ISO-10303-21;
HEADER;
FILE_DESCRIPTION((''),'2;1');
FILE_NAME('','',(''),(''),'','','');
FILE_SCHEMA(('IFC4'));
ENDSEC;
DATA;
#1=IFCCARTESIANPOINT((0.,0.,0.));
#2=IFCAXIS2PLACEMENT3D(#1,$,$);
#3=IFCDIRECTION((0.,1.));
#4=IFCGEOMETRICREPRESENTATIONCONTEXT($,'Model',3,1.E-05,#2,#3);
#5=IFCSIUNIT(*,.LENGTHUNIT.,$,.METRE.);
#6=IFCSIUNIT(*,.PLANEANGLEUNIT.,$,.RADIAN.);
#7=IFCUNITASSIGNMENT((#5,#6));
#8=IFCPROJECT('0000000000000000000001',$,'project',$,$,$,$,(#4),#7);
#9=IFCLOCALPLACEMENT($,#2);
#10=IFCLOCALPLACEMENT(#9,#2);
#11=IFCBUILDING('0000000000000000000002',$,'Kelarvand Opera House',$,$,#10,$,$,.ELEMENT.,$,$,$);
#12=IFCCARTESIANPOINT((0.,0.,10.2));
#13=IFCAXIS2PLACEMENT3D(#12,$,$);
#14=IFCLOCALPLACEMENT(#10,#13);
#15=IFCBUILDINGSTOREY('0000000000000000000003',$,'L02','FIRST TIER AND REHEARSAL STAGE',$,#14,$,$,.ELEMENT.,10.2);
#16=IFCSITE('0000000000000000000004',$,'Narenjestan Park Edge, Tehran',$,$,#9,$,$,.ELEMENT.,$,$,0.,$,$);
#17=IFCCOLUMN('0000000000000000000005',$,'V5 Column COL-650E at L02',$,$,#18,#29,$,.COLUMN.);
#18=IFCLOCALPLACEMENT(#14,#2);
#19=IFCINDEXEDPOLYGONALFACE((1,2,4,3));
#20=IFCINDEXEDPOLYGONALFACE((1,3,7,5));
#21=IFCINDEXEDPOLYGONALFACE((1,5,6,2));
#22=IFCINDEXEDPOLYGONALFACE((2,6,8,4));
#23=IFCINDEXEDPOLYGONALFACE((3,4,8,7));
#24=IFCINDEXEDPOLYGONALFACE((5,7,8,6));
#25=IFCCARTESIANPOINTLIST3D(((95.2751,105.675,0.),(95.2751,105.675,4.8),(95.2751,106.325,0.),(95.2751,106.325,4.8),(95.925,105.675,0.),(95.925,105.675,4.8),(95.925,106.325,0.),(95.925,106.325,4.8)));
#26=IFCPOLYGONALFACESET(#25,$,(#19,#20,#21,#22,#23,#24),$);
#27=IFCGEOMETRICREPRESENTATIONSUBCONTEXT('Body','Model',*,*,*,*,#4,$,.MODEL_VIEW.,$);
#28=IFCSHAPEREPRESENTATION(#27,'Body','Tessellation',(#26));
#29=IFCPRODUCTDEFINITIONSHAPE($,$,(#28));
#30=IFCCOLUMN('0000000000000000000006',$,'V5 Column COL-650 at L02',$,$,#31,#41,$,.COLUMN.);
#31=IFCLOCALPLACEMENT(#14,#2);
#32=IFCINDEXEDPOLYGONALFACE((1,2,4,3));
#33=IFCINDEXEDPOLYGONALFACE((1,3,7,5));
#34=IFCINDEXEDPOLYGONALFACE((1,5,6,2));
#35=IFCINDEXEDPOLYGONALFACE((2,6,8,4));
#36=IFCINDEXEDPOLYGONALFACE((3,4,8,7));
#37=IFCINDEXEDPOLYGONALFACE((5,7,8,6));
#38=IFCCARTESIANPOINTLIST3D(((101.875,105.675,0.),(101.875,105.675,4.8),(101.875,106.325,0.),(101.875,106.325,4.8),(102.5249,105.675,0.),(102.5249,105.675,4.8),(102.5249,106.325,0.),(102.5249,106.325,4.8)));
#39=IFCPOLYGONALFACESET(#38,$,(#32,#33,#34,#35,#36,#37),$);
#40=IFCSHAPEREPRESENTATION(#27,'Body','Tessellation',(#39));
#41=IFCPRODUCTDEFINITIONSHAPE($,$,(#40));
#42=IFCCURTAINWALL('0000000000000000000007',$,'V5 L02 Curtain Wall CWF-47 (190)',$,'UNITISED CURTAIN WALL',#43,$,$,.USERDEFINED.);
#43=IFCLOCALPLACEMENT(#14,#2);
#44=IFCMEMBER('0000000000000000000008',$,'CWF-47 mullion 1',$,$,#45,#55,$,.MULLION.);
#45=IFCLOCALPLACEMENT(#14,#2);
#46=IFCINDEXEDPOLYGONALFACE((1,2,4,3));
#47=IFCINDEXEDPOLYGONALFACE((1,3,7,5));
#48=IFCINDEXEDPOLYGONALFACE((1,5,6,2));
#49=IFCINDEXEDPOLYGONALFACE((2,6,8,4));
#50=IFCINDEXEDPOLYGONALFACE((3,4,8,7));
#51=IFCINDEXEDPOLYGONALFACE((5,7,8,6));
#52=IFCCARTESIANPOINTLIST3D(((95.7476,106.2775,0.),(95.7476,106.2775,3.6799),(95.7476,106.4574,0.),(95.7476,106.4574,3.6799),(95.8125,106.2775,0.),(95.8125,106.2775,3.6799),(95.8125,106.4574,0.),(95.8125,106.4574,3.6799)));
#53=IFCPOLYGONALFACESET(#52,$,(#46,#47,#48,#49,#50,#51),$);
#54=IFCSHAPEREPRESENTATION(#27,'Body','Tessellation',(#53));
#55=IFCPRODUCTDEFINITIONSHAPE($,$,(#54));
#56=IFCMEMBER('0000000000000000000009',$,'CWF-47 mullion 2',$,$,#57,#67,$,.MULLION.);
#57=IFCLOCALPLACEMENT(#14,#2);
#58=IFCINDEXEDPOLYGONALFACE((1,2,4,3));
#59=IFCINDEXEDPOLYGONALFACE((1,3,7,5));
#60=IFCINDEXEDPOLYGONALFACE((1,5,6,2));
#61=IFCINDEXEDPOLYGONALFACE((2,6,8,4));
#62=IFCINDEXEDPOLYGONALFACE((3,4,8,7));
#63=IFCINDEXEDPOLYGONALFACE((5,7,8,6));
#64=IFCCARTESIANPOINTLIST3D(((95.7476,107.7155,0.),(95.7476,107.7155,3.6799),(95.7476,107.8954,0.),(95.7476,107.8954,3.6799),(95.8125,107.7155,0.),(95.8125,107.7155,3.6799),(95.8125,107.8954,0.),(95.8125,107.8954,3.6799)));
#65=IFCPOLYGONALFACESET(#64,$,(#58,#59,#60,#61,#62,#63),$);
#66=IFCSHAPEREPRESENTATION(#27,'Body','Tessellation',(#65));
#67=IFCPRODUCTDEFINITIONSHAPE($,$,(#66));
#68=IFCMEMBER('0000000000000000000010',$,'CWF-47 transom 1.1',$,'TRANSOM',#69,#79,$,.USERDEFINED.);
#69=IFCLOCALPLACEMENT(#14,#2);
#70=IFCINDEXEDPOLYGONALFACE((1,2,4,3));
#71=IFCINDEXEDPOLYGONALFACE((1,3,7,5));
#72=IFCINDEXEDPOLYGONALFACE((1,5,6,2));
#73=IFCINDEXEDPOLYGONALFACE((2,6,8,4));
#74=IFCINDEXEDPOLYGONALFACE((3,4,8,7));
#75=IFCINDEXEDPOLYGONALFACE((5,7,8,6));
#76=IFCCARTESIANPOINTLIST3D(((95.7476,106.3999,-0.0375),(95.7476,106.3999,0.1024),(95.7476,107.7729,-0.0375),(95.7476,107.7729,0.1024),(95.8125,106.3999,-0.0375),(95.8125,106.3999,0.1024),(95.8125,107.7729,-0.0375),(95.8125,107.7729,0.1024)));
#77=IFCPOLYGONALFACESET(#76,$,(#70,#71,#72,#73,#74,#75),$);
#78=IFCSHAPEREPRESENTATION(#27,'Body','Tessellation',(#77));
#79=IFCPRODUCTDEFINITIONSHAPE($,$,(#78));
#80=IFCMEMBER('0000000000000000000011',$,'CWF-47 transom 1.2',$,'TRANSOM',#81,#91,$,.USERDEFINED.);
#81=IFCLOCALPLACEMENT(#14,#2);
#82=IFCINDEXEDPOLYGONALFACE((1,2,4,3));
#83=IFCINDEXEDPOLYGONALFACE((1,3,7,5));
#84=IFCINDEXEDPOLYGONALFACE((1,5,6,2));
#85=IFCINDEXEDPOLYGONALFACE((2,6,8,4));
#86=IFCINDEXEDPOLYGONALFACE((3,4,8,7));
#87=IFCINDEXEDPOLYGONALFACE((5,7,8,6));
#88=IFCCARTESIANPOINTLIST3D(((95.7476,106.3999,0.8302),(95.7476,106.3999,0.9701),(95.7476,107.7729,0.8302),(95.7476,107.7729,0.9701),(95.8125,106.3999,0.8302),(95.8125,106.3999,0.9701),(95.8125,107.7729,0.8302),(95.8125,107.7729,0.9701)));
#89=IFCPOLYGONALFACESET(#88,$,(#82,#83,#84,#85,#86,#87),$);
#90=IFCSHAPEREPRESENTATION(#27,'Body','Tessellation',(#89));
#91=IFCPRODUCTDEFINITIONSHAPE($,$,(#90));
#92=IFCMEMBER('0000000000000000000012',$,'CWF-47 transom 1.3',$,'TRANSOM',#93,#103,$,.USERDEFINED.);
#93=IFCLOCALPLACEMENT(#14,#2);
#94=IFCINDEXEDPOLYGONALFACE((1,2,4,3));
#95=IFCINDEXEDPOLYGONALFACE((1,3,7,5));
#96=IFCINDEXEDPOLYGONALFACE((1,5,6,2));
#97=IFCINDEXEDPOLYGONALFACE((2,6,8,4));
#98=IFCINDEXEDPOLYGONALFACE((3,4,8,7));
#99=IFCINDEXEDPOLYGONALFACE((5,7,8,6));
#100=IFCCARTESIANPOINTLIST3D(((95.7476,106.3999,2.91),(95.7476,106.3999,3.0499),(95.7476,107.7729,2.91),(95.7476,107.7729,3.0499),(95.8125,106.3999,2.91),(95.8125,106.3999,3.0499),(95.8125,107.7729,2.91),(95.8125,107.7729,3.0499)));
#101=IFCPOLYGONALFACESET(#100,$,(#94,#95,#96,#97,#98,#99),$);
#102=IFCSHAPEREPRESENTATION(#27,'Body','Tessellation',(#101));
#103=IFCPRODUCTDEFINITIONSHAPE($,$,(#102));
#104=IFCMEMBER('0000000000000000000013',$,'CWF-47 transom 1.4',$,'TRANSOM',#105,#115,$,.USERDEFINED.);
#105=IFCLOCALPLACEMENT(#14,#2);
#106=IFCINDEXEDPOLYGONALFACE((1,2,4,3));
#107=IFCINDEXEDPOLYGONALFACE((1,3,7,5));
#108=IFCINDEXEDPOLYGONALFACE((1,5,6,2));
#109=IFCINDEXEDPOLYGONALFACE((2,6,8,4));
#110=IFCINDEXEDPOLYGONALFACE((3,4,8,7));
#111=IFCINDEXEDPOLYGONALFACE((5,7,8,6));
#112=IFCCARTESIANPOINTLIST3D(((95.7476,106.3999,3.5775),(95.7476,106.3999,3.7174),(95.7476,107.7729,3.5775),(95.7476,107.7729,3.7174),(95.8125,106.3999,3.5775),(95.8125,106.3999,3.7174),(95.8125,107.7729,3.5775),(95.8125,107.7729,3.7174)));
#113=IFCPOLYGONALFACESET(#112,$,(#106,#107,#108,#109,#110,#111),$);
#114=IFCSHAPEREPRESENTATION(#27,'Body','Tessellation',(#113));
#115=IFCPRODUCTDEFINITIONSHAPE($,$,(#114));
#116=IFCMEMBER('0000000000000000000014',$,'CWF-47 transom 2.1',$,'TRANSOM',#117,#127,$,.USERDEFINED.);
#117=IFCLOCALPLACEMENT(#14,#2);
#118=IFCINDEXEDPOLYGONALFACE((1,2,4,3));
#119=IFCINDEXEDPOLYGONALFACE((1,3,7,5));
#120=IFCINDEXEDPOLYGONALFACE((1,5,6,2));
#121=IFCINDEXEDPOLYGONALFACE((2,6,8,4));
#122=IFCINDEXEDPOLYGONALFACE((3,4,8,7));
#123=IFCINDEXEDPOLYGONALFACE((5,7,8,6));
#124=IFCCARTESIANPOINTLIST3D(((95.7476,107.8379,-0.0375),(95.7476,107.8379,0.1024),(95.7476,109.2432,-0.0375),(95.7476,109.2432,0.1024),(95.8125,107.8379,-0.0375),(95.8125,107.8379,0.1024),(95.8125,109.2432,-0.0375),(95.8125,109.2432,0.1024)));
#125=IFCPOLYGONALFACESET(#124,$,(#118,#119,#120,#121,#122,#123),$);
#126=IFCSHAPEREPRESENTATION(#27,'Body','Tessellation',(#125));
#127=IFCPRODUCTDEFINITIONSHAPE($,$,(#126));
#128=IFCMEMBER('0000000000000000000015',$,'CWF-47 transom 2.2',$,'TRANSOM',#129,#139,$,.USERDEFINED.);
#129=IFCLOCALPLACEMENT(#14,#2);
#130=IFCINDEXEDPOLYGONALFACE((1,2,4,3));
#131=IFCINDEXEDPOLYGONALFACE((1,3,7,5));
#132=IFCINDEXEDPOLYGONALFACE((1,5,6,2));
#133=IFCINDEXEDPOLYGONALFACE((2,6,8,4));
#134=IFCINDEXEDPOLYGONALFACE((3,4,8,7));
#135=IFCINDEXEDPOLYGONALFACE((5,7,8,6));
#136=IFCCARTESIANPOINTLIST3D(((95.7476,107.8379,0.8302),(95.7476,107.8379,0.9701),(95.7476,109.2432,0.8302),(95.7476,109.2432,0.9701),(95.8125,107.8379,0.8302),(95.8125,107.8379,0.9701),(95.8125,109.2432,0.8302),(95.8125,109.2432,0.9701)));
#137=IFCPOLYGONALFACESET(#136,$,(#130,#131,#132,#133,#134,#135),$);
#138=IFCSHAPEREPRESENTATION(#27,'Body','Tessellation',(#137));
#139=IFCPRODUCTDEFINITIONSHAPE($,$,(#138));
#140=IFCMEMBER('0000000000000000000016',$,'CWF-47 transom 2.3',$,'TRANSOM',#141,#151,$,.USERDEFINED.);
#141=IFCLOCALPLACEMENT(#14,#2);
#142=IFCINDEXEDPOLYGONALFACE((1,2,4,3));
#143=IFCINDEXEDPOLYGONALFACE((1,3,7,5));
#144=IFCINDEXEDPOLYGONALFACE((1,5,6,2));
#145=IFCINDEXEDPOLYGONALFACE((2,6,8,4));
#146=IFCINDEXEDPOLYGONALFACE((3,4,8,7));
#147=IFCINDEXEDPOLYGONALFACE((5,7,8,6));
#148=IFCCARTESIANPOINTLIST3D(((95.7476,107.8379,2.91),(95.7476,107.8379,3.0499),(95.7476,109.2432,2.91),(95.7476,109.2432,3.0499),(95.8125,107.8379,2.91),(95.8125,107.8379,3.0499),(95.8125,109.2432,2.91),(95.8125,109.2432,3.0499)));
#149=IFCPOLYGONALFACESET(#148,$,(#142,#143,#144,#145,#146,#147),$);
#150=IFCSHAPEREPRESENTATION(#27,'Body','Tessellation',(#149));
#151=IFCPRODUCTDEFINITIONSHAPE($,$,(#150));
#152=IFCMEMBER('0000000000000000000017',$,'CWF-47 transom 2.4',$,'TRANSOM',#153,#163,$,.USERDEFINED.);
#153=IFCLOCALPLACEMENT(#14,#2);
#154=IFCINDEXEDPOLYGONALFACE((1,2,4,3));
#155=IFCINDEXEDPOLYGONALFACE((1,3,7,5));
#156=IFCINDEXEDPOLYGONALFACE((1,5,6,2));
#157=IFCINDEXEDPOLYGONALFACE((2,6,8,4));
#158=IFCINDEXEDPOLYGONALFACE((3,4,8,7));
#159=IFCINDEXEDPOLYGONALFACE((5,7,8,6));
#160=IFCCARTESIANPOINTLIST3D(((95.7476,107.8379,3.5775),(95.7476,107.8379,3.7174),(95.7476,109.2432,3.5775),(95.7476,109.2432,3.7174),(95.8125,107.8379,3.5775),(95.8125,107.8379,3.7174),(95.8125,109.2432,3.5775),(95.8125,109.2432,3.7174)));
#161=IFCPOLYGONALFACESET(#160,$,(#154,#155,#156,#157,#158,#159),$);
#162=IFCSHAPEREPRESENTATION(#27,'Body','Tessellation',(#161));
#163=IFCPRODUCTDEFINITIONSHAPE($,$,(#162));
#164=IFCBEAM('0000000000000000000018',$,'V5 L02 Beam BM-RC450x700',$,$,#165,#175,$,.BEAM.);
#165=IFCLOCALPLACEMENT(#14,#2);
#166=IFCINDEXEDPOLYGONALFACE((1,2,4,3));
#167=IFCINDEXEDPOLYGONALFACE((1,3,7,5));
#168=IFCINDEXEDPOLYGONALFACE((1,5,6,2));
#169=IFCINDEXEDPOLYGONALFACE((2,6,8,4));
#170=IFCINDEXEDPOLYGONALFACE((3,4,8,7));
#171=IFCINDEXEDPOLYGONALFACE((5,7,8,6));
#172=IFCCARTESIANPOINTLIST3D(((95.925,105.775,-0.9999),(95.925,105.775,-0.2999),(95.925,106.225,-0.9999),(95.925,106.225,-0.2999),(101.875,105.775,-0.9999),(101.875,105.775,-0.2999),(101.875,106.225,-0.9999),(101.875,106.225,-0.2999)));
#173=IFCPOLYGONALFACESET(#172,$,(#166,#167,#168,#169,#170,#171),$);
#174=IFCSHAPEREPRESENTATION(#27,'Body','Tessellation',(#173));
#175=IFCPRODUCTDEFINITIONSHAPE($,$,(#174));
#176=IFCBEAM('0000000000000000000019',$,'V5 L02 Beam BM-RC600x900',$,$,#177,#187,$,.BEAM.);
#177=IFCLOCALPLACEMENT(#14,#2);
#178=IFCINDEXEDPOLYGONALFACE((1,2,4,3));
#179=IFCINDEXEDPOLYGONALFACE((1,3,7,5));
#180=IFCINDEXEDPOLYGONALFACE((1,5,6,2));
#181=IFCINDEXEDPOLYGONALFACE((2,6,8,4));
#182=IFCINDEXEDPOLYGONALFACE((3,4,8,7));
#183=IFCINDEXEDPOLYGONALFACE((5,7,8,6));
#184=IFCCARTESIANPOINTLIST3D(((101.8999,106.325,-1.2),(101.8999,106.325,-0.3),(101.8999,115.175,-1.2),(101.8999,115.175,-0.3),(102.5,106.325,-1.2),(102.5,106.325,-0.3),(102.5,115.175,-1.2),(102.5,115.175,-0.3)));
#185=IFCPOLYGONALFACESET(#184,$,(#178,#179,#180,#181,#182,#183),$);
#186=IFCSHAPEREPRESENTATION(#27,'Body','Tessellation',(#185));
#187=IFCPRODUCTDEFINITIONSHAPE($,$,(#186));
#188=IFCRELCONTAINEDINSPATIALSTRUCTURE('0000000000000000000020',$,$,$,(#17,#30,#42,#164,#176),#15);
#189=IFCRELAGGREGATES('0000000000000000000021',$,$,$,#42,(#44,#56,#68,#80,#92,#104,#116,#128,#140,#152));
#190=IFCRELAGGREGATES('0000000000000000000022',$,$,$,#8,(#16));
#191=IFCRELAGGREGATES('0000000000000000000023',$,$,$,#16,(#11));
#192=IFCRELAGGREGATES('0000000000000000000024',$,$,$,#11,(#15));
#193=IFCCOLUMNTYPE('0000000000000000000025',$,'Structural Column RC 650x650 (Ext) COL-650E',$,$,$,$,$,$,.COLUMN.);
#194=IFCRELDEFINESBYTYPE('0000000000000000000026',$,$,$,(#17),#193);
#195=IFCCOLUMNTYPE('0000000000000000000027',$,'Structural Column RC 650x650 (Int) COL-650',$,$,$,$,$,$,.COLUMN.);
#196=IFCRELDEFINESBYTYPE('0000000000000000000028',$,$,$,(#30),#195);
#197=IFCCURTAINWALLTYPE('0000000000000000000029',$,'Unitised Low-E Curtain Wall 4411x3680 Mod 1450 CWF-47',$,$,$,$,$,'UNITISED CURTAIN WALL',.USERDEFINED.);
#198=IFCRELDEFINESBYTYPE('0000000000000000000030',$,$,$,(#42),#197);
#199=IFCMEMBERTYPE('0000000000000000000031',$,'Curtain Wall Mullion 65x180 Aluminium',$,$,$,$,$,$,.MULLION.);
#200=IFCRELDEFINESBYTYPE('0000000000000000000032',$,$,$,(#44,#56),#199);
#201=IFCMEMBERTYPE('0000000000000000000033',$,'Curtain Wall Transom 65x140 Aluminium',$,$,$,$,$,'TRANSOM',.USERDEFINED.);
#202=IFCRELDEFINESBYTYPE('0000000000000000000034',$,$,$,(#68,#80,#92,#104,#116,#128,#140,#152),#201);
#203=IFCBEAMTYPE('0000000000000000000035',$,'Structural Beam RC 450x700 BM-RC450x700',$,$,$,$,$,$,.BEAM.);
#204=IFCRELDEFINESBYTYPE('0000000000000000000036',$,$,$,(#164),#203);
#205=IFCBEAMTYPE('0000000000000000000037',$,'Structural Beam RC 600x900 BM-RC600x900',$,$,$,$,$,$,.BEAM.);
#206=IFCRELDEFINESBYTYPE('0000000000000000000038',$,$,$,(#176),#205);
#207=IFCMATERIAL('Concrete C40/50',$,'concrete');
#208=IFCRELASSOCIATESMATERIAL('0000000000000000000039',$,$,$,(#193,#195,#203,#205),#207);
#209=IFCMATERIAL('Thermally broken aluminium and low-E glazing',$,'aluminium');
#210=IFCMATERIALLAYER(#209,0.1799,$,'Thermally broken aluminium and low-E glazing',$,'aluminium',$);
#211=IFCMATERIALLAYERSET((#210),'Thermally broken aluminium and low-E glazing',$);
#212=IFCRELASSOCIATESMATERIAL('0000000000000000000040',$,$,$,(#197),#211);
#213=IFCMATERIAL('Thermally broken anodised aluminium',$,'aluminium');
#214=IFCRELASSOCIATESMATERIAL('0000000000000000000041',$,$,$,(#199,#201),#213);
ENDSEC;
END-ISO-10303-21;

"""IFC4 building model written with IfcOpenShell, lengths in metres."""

from ifc_helpers import new_model, si_unit, direction, frame, origin, origin_2d, place, context, subcontext, project, spatial, rectangle, extrude, material, layer, layer_set, material_profile, profile_set, type_object, element, aggregate, save


model = new_model("IFC4")

# Units and contexts
model_context = context("Model", 3, precision=1e-05, world=origin(), true_north=direction((0.0, 1.0)))
body_context = subcontext(model_context, "Body", "Model", "MODEL_VIEW")
ifc_project = project(units=[si_unit("LENGTHUNIT", "METRE"), si_unit("PLANEANGLEUNIT", "RADIAN")], contexts=[model_context])

# Site, building, storey
site_placement = place(None, origin())
site = spatial("IfcSite", under=ifc_project, at=site_placement, Name="Narenjestan Park Edge, Tehran", CompositionType="ELEMENT", RefElevation=0.0)
building_placement = place(site_placement, origin())
building = spatial("IfcBuilding", under=site, at=building_placement, Name="Kelarvand Opera House", CompositionType="ELEMENT")
storey_placement = place(building_placement, frame((0.0, 0.0, 10.2)))
storey = spatial("IfcBuildingStorey", under=building, at=storey_placement, Name="L02", Description="FIRST TIER AND REHEARSAL STAGE", CompositionType="ELEMENT", Elevation=10.2)

# Columns
ifc_material_1 = material(Name="Concrete C40/50", Category="concrete")
ifc_material_profile_1 = material_profile(ifc_material_1, rectangle(XDim=0.6499, YDim=0.6499, at=origin_2d()), Name="RC 650x650", Category="concrete")
ifc_profile_set_1 = profile_set([ifc_material_profile_1], Name="Concrete C40/50")
column_type_1 = type_object("IfcColumnType", Name="Structural Column RC 650x650 (Ext) COL-650E", PredefinedType="COLUMN", material=ifc_profile_set_1)
column_1_placement = place(storey_placement, frame((95.6001, 106.0, 0.0), z_axis=(0.0, 0.0, 1.0), x_axis=(1.0, 0.0, 0.0)))
element("IfcColumn", 1, at=column_1_placement, inside=storey, type_object=column_type_1, Name="V5 Column COL-650E at L02", PredefinedType="COLUMN", context=body_context, shape_type="SweptSolid", body=[
    extrude(rectangle(XDim=0.6499, YDim=0.6499, at=origin_2d()), origin(), (0.0, 0.0, 1.0), 4.8),
])
ifc_material_profile_2 = material_profile(ifc_material_1, rectangle(XDim=0.6499, YDim=0.6499, at=origin_2d()), Name="RC 650x650", Category="concrete")
ifc_profile_set_2 = profile_set([ifc_material_profile_2], Name="Concrete C40/50")
column_type_2 = type_object("IfcColumnType", Name="Structural Column RC 650x650 (Int) COL-650", PredefinedType="COLUMN", material=ifc_profile_set_2)
column_2_placement = place(storey_placement, frame((102.2, 106.0, 0.0), z_axis=(0.0, 0.0, 1.0), x_axis=(1.0, 0.0, 0.0)))
element("IfcColumn", 2, at=column_2_placement, inside=storey, type_object=column_type_2, Name="V5 Column COL-650 at L02", PredefinedType="COLUMN", context=body_context, shape_type="SweptSolid", body=[
    extrude(rectangle(XDim=0.6499, YDim=0.6499, at=origin_2d()), origin(), (0.0, 0.0, 1.0), 4.8),
])

# Curtain wall, members
ifc_material_2 = material(Name="Thermally broken aluminium and low-E glazing", Category="aluminium")
ifc_layer_1 = layer(ifc_material_2, 0.1799, Name="Thermally broken aluminium and low-E glazing", Category="aluminium")
ifc_layer_set_1 = layer_set([ifc_layer_1], Name="Thermally broken aluminium and low-E glazing")
curtain_wall_type = type_object("IfcCurtainWallType", Name="Unitised Low-E Curtain Wall 4411x3680 Mod 1450 CWF-47", ElementType="UNITISED CURTAIN WALL", PredefinedType="USERDEFINED", material=ifc_layer_set_1)
curtain_wall_placement = place(storey_placement, origin())
curtain_wall = element("IfcCurtainWall", 3, at=curtain_wall_placement, inside=storey, type_object=curtain_wall_type, Name="V5 L02 Curtain Wall CWF-47 (190)", ObjectType="UNITISED CURTAIN WALL", PredefinedType="USERDEFINED")
ifc_material_3 = material(Name="Thermally broken anodised aluminium", Category="aluminium")
ifc_material_profile_3 = material_profile(ifc_material_3, rectangle(XDim=0.0649, YDim=0.1799, at=origin_2d()), Name="ALU MULLION 65x180", Category="aluminium")
ifc_profile_set_3 = profile_set([ifc_material_profile_3], Name="Thermally broken anodised aluminium")
member_type_1 = type_object("IfcMemberType", Name="Curtain Wall Mullion 65x180 Aluminium", PredefinedType="MULLION", material=ifc_profile_set_3)
member_1_placement = place(storey_placement, frame((95.78, 106.3674, 0.0), z_axis=(0.0, 0.0, 1.0), x_axis=(-1.0, 0.0, 0.0)))
member_1 = element("IfcMember", 4, at=member_1_placement, type_object=member_type_1, Name="CWF-47 mullion 1", PredefinedType="MULLION", context=body_context, shape_type="SweptSolid", body=[
    extrude(rectangle(XDim=0.0649, YDim=0.1799, at=origin_2d()), origin(), (0.0, 0.0, 1.0), 3.6799),
])
member_2_placement = place(storey_placement, frame((95.78, 107.8054, 0.0), z_axis=(0.0, 0.0, 1.0), x_axis=(-1.0, 0.0, 0.0)))
member_2 = element("IfcMember", 5, at=member_2_placement, type_object=member_type_1, Name="CWF-47 mullion 2", PredefinedType="MULLION", context=body_context, shape_type="SweptSolid", body=[
    extrude(rectangle(XDim=0.0649, YDim=0.1799, at=origin_2d()), origin(), (0.0, 0.0, 1.0), 3.6799),
])
ifc_material_profile_4 = material_profile(ifc_material_3, rectangle(XDim=0.0649, YDim=0.1399, at=origin_2d()), Name="ALU TRANSOM 65x140", Category="aluminium")
ifc_profile_set_4 = profile_set([ifc_material_profile_4], Name="Thermally broken anodised aluminium")
member_type_2 = type_object("IfcMemberType", Name="Curtain Wall Transom 65x140 Aluminium", ElementType="TRANSOM", PredefinedType="USERDEFINED", material=ifc_profile_set_4)
member_3_placement = place(storey_placement, frame((95.78, 106.3999, 0.0325), z_axis=(0.0, 1.0, 0.0), x_axis=(-1.0, 0.0, 0.0)))
member_3 = element("IfcMember", 6, at=member_3_placement, type_object=member_type_2, Name="CWF-47 transom 1.1", ObjectType="TRANSOM", PredefinedType="USERDEFINED", context=body_context, shape_type="SweptSolid", body=[
    extrude(rectangle(XDim=0.0649, YDim=0.1399, at=origin_2d()), origin(), (0.0, 0.0, 1.0), 1.373),
])
member_4_placement = place(storey_placement, frame((95.78, 106.3999, 0.9001), z_axis=(0.0, 1.0, 0.0), x_axis=(-1.0, 0.0, 0.0)))
member_4 = element("IfcMember", 7, at=member_4_placement, type_object=member_type_2, Name="CWF-47 transom 1.2", ObjectType="TRANSOM", PredefinedType="USERDEFINED", context=body_context, shape_type="SweptSolid", body=[
    extrude(rectangle(XDim=0.0649, YDim=0.1399, at=origin_2d()), origin(), (0.0, 0.0, 1.0), 1.373),
])
member_5_placement = place(storey_placement, frame((95.78, 106.3999, 2.98), z_axis=(0.0, 1.0, 0.0), x_axis=(-1.0, 0.0, 0.0)))
member_5 = element("IfcMember", 8, at=member_5_placement, type_object=member_type_2, Name="CWF-47 transom 1.3", ObjectType="TRANSOM", PredefinedType="USERDEFINED", context=body_context, shape_type="SweptSolid", body=[
    extrude(rectangle(XDim=0.0649, YDim=0.1399, at=origin_2d()), origin(), (0.0, 0.0, 1.0), 1.373),
])
member_6_placement = place(storey_placement, frame((95.78, 106.3999, 3.6475), z_axis=(0.0, 1.0, 0.0), x_axis=(-1.0, 0.0, 0.0)))
member_6 = element("IfcMember", 9, at=member_6_placement, type_object=member_type_2, Name="CWF-47 transom 1.4", ObjectType="TRANSOM", PredefinedType="USERDEFINED", context=body_context, shape_type="SweptSolid", body=[
    extrude(rectangle(XDim=0.0649, YDim=0.1399, at=origin_2d()), origin(), (0.0, 0.0, 1.0), 1.373),
])
member_7_placement = place(storey_placement, frame((95.78, 107.8379, 0.0325), z_axis=(0.0, 1.0, 0.0), x_axis=(-1.0, 0.0, 0.0)))
member_7 = element("IfcMember", 10, at=member_7_placement, type_object=member_type_2, Name="CWF-47 transom 2.1", ObjectType="TRANSOM", PredefinedType="USERDEFINED", context=body_context, shape_type="SweptSolid", body=[
    extrude(rectangle(XDim=0.0649, YDim=0.1399, at=origin_2d()), origin(), (0.0, 0.0, 1.0), 1.4053),
])
member_8_placement = place(storey_placement, frame((95.78, 107.8379, 0.9001), z_axis=(0.0, 1.0, 0.0), x_axis=(-1.0, 0.0, 0.0)))
member_8 = element("IfcMember", 11, at=member_8_placement, type_object=member_type_2, Name="CWF-47 transom 2.2", ObjectType="TRANSOM", PredefinedType="USERDEFINED", context=body_context, shape_type="SweptSolid", body=[
    extrude(rectangle(XDim=0.0649, YDim=0.1399, at=origin_2d()), origin(), (0.0, 0.0, 1.0), 1.4053),
])
member_9_placement = place(storey_placement, frame((95.78, 107.8379, 2.98), z_axis=(0.0, 1.0, 0.0), x_axis=(-1.0, 0.0, 0.0)))
member_9 = element("IfcMember", 12, at=member_9_placement, type_object=member_type_2, Name="CWF-47 transom 2.3", ObjectType="TRANSOM", PredefinedType="USERDEFINED", context=body_context, shape_type="SweptSolid", body=[
    extrude(rectangle(XDim=0.0649, YDim=0.1399, at=origin_2d()), origin(), (0.0, 0.0, 1.0), 1.4053),
])
member_10_placement = place(storey_placement, frame((95.78, 107.8379, 3.6475), z_axis=(0.0, 1.0, 0.0), x_axis=(-1.0, 0.0, 0.0)))
member_10 = element("IfcMember", 13, at=member_10_placement, type_object=member_type_2, Name="CWF-47 transom 2.4", ObjectType="TRANSOM", PredefinedType="USERDEFINED", context=body_context, shape_type="SweptSolid", body=[
    extrude(rectangle(XDim=0.0649, YDim=0.1399, at=origin_2d()), origin(), (0.0, 0.0, 1.0), 1.4053),
])

# Beams
ifc_material_profile_5 = material_profile(ifc_material_1, rectangle(XDim=0.45, YDim=0.7, at=origin_2d()), Name="RC 450x700", Category="concrete")
ifc_profile_set_5 = profile_set([ifc_material_profile_5], Name="Concrete C40/50")
beam_type_1 = type_object("IfcBeamType", Name="Structural Beam RC 450x700 BM-RC450x700", PredefinedType="BEAM", material=ifc_profile_set_5)
beam_1_placement = place(storey_placement, frame((95.925, 106.0, -0.6499), z_axis=(1.0, 0.0, 0.0), x_axis=(0.0, 1.0, 0.0)))
element("IfcBeam", 14, at=beam_1_placement, inside=storey, type_object=beam_type_1, Name="V5 L02 Beam BM-RC450x700", PredefinedType="BEAM", context=body_context, shape_type="SweptSolid", body=[
    extrude(rectangle(XDim=0.45, YDim=0.7, at=origin_2d()), origin(), (0.0, 0.0, 1.0), 5.95),
])
ifc_material_profile_6 = material_profile(ifc_material_1, rectangle(XDim=0.6001, YDim=0.8999, at=origin_2d()), Name="RC 600x900", Category="concrete")
ifc_profile_set_6 = profile_set([ifc_material_profile_6], Name="Concrete C40/50")
beam_type_2 = type_object("IfcBeamType", Name="Structural Beam RC 600x900 BM-RC600x900", PredefinedType="BEAM", material=ifc_profile_set_6)
beam_2_placement = place(storey_placement, frame((102.2, 106.325, -0.75), z_axis=(0.0, 1.0, 0.0), x_axis=(-1.0, 0.0, 0.0)))
element("IfcBeam", 15, at=beam_2_placement, inside=storey, type_object=beam_type_2, Name="V5 L02 Beam BM-RC600x900", PredefinedType="BEAM", context=body_context, shape_type="SweptSolid", body=[
    extrude(rectangle(XDim=0.6001, YDim=0.8999, at=origin_2d()), origin(), (0.0, 0.0, 1.0), 8.8501),
])

aggregate(curtain_wall, [member_1, member_2, member_3, member_4, member_5, member_6, member_7, member_8, member_9, member_10])

save(model, "model.ifc")
